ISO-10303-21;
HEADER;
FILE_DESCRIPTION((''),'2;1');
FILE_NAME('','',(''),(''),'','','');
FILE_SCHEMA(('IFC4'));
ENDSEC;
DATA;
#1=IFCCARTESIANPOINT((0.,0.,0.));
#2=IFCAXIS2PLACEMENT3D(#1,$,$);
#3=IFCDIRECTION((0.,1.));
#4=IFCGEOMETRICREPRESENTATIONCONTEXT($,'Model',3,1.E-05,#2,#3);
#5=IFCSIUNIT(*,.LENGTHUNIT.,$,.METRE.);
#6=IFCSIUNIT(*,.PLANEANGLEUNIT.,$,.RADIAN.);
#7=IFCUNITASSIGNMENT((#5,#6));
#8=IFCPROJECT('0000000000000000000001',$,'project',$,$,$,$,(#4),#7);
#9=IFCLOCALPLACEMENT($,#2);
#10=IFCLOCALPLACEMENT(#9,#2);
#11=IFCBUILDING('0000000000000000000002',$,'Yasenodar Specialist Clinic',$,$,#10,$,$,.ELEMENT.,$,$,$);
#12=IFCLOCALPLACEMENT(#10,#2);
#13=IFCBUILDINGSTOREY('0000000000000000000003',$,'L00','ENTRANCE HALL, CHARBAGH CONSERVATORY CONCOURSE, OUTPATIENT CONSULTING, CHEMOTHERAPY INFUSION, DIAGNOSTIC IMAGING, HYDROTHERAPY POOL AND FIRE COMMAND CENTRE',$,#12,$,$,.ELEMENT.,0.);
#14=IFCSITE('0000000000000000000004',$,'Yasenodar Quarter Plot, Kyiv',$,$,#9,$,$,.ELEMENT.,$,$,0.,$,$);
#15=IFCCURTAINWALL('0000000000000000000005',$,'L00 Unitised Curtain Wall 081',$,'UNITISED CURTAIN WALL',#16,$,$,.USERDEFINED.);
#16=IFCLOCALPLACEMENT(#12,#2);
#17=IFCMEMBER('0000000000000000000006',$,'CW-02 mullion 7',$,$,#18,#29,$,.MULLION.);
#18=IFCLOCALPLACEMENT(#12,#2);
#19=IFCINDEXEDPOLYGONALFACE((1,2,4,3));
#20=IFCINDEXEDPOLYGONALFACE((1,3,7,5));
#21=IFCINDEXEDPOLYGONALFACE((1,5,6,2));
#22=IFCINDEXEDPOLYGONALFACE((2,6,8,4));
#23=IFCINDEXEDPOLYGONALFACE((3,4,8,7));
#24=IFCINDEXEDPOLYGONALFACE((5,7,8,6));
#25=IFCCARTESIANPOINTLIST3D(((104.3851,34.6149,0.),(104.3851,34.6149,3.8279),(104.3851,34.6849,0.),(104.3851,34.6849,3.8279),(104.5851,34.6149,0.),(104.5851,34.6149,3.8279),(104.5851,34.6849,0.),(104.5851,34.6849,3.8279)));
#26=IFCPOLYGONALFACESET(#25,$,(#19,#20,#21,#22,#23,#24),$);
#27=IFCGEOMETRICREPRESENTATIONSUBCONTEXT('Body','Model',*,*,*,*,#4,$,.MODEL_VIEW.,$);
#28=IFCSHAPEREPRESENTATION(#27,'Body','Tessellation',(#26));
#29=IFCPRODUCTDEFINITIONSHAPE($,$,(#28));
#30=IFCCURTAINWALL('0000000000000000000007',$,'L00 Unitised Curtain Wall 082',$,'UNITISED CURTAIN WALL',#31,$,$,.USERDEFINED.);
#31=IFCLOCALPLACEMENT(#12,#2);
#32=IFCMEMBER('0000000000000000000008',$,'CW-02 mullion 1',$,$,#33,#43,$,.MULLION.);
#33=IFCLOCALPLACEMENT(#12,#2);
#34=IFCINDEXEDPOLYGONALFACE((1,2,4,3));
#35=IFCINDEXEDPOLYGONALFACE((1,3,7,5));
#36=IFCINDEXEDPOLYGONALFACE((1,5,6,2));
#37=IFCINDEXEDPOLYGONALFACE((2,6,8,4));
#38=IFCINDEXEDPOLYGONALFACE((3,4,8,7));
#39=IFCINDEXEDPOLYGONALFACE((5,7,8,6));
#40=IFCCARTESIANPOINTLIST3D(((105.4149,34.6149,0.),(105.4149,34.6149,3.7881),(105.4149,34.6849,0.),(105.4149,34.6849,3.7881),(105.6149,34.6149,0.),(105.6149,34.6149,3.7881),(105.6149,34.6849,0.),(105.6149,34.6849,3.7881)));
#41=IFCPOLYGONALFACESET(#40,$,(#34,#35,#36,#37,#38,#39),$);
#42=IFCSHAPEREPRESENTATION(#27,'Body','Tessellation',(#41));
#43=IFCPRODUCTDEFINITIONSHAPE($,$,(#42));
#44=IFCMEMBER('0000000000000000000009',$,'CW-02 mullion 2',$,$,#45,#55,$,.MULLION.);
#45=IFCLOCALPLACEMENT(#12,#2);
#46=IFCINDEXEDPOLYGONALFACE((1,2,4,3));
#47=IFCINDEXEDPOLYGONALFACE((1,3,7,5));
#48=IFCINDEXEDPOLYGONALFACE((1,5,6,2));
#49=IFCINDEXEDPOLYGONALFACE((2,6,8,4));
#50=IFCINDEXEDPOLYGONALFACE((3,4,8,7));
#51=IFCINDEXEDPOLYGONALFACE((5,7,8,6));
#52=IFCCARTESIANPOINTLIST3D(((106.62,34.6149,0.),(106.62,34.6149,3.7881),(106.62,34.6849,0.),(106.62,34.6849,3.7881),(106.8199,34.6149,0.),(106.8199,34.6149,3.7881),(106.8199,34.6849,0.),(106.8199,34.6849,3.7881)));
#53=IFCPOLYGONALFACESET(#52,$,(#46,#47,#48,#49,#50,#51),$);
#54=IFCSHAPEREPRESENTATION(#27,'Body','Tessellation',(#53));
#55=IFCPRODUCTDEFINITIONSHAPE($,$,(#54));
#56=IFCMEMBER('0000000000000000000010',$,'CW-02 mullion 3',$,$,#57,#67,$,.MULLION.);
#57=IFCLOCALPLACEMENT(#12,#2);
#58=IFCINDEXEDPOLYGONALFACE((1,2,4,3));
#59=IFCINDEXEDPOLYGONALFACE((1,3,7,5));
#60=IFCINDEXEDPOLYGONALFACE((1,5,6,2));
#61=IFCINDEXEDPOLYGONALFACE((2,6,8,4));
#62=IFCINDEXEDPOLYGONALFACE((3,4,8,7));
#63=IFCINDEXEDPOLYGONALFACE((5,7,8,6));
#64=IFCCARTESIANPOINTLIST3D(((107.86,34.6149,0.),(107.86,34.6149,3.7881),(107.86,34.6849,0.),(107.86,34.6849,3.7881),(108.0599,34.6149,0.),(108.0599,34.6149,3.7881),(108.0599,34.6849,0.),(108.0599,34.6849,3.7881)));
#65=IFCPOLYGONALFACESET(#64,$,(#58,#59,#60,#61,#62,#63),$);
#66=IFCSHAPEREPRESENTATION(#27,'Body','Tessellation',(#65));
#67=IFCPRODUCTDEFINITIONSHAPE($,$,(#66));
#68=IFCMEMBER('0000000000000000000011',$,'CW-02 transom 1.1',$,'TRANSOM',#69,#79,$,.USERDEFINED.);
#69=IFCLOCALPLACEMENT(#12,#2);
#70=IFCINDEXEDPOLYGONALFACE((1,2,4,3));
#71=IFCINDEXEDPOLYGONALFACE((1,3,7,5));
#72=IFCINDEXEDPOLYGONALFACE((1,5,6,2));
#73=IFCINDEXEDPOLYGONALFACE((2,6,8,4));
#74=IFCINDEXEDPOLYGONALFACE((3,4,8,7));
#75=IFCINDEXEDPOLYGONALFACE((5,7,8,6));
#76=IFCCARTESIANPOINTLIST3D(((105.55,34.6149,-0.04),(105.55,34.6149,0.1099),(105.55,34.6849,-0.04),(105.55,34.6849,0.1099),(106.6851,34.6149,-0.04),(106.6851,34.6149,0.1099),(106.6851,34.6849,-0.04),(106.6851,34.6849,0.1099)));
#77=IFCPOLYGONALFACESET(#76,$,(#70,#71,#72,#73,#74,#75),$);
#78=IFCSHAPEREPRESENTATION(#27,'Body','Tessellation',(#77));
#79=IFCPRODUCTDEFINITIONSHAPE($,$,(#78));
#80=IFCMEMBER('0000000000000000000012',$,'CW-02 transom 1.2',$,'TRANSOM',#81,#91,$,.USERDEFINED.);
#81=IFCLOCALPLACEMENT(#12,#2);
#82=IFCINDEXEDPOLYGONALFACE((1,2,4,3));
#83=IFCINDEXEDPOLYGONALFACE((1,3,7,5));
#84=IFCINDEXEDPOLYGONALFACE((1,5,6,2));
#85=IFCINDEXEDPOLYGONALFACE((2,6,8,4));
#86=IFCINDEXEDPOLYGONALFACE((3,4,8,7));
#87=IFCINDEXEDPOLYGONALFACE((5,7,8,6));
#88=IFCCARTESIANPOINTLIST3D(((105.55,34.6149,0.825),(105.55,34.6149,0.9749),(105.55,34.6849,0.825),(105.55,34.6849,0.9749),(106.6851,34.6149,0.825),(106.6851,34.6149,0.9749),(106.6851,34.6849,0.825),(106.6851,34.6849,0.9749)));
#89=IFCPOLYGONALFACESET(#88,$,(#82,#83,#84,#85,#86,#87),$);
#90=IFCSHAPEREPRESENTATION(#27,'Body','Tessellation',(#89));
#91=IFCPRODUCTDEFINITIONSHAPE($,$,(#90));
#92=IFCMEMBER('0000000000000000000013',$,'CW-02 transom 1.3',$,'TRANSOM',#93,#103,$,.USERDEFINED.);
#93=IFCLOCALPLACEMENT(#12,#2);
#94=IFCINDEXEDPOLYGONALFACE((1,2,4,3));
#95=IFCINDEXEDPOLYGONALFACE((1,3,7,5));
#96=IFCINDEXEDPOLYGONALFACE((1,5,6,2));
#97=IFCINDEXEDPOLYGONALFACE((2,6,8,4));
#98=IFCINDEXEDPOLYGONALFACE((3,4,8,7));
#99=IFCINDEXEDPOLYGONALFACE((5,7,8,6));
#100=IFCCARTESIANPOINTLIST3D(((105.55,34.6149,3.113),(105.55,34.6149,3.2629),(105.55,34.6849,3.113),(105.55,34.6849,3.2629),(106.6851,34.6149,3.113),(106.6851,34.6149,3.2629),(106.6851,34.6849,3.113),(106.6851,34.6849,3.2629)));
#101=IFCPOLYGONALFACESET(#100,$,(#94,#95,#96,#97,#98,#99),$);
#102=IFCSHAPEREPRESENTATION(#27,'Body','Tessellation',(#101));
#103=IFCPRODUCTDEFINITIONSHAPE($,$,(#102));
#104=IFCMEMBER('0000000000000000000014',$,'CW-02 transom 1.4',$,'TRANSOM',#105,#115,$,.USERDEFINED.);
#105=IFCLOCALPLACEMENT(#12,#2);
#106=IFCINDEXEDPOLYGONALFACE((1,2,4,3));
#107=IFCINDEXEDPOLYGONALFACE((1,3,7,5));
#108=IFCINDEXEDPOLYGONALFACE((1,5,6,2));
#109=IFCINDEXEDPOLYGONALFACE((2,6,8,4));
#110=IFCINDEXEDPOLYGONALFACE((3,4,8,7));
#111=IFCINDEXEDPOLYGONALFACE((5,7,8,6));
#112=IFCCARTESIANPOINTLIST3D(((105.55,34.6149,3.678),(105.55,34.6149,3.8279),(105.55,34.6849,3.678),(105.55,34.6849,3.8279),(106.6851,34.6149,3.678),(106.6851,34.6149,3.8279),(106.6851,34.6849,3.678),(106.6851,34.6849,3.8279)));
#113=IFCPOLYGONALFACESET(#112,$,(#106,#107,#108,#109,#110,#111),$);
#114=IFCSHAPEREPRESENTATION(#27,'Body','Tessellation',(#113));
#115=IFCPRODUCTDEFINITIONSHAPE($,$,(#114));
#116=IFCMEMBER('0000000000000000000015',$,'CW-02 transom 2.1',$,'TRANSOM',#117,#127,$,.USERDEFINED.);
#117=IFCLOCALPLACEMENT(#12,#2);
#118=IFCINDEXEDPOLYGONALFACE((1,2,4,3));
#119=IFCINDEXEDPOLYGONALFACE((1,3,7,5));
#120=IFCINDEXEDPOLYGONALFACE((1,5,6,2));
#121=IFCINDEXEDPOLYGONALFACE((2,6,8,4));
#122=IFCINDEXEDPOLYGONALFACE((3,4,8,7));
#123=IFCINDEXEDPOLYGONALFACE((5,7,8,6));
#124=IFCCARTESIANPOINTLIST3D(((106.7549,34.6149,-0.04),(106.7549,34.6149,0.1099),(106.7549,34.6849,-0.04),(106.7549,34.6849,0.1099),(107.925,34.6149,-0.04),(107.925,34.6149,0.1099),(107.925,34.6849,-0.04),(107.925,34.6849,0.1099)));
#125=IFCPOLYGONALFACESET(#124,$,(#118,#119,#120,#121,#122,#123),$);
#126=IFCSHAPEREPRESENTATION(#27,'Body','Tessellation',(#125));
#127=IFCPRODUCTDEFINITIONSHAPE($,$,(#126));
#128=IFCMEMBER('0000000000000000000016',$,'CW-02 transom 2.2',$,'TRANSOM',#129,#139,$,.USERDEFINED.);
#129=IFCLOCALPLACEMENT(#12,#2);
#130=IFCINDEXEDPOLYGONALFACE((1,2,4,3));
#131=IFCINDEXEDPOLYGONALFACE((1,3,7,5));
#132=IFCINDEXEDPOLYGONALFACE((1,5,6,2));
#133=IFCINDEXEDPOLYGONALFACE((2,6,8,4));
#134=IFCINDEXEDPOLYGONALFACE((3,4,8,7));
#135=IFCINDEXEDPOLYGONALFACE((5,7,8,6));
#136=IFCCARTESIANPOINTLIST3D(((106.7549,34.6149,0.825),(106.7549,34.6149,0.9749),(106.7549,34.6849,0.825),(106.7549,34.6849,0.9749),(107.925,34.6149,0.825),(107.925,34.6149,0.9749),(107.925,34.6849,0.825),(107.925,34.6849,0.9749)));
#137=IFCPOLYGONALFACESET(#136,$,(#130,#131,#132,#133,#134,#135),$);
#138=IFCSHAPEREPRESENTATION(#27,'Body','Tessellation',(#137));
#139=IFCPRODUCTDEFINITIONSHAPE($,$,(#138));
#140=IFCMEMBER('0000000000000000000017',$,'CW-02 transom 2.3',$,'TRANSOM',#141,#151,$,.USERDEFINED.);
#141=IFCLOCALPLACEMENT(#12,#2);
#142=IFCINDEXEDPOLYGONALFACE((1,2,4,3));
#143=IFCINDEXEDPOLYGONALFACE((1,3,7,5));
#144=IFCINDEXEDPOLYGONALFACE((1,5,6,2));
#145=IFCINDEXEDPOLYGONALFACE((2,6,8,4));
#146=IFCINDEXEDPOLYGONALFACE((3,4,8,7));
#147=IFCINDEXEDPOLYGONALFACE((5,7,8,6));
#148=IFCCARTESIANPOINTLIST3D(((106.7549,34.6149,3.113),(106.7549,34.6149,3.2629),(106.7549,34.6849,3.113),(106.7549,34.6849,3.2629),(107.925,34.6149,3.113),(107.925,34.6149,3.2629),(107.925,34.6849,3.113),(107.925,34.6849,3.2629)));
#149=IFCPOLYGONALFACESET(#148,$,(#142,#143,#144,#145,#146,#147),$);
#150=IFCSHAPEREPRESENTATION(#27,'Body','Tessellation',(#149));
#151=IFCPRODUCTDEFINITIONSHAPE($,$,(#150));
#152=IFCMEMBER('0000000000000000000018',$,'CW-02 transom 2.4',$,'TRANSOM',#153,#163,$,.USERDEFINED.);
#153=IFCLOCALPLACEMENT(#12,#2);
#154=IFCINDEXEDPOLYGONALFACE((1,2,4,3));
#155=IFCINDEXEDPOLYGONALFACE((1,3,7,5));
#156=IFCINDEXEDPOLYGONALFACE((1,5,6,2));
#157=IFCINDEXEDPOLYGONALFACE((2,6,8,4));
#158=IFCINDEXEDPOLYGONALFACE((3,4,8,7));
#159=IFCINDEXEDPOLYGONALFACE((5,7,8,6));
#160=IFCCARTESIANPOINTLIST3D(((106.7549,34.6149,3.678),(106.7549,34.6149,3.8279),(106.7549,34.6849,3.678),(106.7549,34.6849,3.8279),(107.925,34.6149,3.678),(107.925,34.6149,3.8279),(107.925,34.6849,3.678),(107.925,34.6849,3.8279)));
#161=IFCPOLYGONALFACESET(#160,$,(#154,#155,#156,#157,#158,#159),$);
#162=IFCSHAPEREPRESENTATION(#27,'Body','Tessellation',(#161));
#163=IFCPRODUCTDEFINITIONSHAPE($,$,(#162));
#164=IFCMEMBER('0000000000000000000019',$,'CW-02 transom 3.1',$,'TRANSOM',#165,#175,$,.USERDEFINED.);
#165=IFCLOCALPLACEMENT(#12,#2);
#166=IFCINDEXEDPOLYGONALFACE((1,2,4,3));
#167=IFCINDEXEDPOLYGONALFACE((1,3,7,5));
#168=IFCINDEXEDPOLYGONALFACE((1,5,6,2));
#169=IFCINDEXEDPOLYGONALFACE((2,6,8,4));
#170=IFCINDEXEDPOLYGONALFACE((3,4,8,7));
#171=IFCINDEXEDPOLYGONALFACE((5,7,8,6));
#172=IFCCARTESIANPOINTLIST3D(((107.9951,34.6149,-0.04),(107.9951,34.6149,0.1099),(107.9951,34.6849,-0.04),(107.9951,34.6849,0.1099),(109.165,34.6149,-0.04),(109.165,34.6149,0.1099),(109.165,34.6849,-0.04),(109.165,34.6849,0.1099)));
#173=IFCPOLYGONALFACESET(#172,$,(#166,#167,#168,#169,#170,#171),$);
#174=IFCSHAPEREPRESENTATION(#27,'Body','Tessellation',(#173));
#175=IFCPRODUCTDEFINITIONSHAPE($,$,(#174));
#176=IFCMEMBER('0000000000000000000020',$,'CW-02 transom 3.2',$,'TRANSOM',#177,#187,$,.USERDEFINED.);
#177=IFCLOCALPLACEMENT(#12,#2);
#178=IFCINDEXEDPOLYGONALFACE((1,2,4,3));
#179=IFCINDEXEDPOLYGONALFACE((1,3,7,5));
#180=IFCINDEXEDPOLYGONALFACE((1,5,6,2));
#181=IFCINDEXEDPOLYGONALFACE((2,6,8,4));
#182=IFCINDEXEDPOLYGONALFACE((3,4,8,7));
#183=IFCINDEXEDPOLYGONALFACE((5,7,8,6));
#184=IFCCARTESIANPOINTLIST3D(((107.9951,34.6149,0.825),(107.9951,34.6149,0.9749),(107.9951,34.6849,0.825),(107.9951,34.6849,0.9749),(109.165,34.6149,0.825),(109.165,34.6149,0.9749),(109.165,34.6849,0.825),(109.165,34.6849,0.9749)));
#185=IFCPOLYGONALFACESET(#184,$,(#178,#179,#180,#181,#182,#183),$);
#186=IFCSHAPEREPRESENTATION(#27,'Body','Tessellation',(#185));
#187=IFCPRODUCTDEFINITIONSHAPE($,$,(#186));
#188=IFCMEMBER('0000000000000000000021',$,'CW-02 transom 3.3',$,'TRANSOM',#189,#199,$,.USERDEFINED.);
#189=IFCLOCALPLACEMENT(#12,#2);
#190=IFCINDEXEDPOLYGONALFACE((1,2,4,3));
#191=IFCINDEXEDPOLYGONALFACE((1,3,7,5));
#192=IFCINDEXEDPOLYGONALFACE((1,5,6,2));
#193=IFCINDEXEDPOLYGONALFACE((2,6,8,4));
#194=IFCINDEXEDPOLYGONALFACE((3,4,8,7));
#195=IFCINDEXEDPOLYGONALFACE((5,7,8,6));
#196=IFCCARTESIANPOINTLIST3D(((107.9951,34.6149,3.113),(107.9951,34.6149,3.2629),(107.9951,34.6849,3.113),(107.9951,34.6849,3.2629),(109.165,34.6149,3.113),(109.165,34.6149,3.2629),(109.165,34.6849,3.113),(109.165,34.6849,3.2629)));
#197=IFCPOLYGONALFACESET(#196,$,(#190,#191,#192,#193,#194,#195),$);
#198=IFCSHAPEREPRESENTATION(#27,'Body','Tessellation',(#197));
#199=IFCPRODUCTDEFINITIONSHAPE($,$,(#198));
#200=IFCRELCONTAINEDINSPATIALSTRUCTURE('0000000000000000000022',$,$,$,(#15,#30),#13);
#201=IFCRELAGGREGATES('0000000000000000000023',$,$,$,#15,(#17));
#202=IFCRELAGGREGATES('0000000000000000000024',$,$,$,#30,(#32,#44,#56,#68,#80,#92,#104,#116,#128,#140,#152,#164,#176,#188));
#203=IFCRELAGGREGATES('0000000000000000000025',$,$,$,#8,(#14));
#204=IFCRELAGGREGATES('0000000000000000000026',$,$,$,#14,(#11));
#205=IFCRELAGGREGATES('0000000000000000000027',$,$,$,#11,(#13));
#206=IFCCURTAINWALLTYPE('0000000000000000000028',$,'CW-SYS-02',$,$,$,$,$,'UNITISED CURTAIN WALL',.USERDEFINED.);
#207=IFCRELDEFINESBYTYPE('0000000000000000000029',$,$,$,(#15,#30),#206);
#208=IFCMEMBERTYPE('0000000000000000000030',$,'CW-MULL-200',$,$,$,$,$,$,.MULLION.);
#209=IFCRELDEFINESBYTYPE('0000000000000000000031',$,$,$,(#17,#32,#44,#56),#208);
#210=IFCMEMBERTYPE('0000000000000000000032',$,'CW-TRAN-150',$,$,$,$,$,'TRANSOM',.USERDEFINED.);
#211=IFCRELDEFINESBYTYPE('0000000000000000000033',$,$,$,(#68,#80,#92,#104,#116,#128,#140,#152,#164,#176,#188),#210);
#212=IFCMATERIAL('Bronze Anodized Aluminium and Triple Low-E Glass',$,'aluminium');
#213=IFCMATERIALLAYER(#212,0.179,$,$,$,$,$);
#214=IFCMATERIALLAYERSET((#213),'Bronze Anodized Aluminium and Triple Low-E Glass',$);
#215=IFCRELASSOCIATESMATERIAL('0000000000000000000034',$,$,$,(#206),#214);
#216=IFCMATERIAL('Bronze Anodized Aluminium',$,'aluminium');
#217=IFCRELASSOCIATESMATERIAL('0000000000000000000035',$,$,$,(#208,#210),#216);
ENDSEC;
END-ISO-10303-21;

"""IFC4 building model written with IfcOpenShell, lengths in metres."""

from ifc_helpers import new_model, si_unit, direction, frame, origin, origin_2d, place, context, subcontext, project, spatial, rectangle, extrude, material, layer, layer_set, material_profile, profile_set, type_object, element, aggregate, save


model = new_model("IFC4")

# Units and contexts
model_context = context("Model", 3, precision=1e-05, world=origin(), true_north=direction((0.0, 1.0)))
body_context = subcontext(model_context, "Body", "Model", "MODEL_VIEW")
ifc_project = project(units=[si_unit("LENGTHUNIT", "METRE"), si_unit("PLANEANGLEUNIT", "RADIAN")], contexts=[model_context])

# Site, building, storey
site_placement = place(None, origin())
site = spatial("IfcSite", under=ifc_project, at=site_placement, Name="Yasenodar Quarter Plot, Kyiv", CompositionType="ELEMENT", RefElevation=0.0)
building_placement = place(site_placement, origin())
building = spatial("IfcBuilding", under=site, at=building_placement, Name="Yasenodar Specialist Clinic", CompositionType="ELEMENT")
storey_placement = place(building_placement, origin())
storey = spatial("IfcBuildingStorey", under=building, at=storey_placement, Name="L00", Description="ENTRANCE HALL, CHARBAGH CONSERVATORY CONCOURSE, OUTPATIENT CONSULTING, CHEMOTHERAPY INFUSION, DIAGNOSTIC IMAGING, HYDROTHERAPY POOL AND FIRE COMMAND CENTRE", CompositionType="ELEMENT", Elevation=0.0)

# Curtain wall, member
ifc_material_1 = material(Name="Bronze Anodized Aluminium and Triple Low-E Glass", Category="aluminium")
ifc_layer_1 = layer(ifc_material_1, 0.179)
ifc_layer_set_1 = layer_set([ifc_layer_1], Name="Bronze Anodized Aluminium and Triple Low-E Glass")
curtain_wall_type = type_object("IfcCurtainWallType", Name="CW-SYS-02", ElementType="UNITISED CURTAIN WALL", PredefinedType="USERDEFINED", material=ifc_layer_set_1)
curtain_wall_1_placement = place(storey_placement, origin())
curtain_wall_1 = element("IfcCurtainWall", 1, at=curtain_wall_1_placement, inside=storey, type_object=curtain_wall_type, Name="L00 Unitised Curtain Wall 081", ObjectType="UNITISED CURTAIN WALL", PredefinedType="USERDEFINED")
ifc_material_2 = material(Name="Bronze Anodized Aluminium", Category="aluminium")
ifc_material_profile_1 = material_profile(ifc_material_2, rectangle(XDim=0.0701, YDim=0.2, at=origin_2d()), Name="CW-MULL 70x200")
ifc_profile_set_1 = profile_set([ifc_material_profile_1], Name="Bronze Anodized Aluminium")
member_type_1 = type_object("IfcMemberType", Name="CW-MULL-200", PredefinedType="MULLION", material=ifc_profile_set_1)
member_1_placement = place(storey_placement, frame((104.4851, 34.6499, 0.0), z_axis=(0.0, 0.0, 1.0), x_axis=(0.0, 1.0, 0.0)))
member_1 = element("IfcMember", 2, at=member_1_placement, type_object=member_type_1, Name="CW-02 mullion 7", PredefinedType="MULLION", context=body_context, shape_type="SweptSolid", body=[
    extrude(rectangle(XDim=0.0701, YDim=0.2, at=origin_2d()), origin(), (0.0, 0.0, 1.0), 3.8279),
])
aggregate(curtain_wall_1, [member_1])

# Curtain wall, members
curtain_wall_2_placement = place(storey_placement, origin())
curtain_wall_2 = element("IfcCurtainWall", 3, at=curtain_wall_2_placement, inside=storey, type_object=curtain_wall_type, Name="L00 Unitised Curtain Wall 082", ObjectType="UNITISED CURTAIN WALL", PredefinedType="USERDEFINED")
member_2_placement = place(storey_placement, frame((105.5149, 34.6499, 0.0), z_axis=(0.0, 0.0, 1.0), x_axis=(0.0, 1.0, 0.0)))
member_2 = element("IfcMember", 4, at=member_2_placement, type_object=member_type_1, Name="CW-02 mullion 1", PredefinedType="MULLION", context=body_context, shape_type="SweptSolid", body=[
    extrude(rectangle(XDim=0.0701, YDim=0.2, at=origin_2d()), origin(), (0.0, 0.0, 1.0), 3.7881),
])
member_3_placement = place(storey_placement, frame((106.72, 34.6499, 0.0), z_axis=(0.0, 0.0, 1.0), x_axis=(0.0, 1.0, 0.0)))
member_3 = element("IfcMember", 5, at=member_3_placement, type_object=member_type_1, Name="CW-02 mullion 2", PredefinedType="MULLION", context=body_context, shape_type="SweptSolid", body=[
    extrude(rectangle(XDim=0.0701, YDim=0.2, at=origin_2d()), origin(), (0.0, 0.0, 1.0), 3.7881),
])
member_4_placement = place(storey_placement, frame((107.96, 34.6499, 0.0), z_axis=(0.0, 0.0, 1.0), x_axis=(0.0, 1.0, 0.0)))
member_4 = element("IfcMember", 6, at=member_4_placement, type_object=member_type_1, Name="CW-02 mullion 3", PredefinedType="MULLION", context=body_context, shape_type="SweptSolid", body=[
    extrude(rectangle(XDim=0.0701, YDim=0.2, at=origin_2d()), origin(), (0.0, 0.0, 1.0), 3.7881),
])
ifc_material_profile_2 = material_profile(ifc_material_2, rectangle(XDim=0.0701, YDim=0.1499, at=origin_2d()), Name="CW-TRAN 70x150")
ifc_profile_set_2 = profile_set([ifc_material_profile_2], Name="Bronze Anodized Aluminium")
member_type_2 = type_object("IfcMemberType", Name="CW-TRAN-150", ElementType="TRANSOM", PredefinedType="USERDEFINED", material=ifc_profile_set_2)
member_5_placement = place(storey_placement, frame((105.55, 34.6499, 0.0349), z_axis=(1.0, 0.0, 0.0), x_axis=(0.0, 1.0, 0.0)))
member_5 = element("IfcMember", 7, at=member_5_placement, type_object=member_type_2, Name="CW-02 transom 1.1", ObjectType="TRANSOM", PredefinedType="USERDEFINED", context=body_context, shape_type="SweptSolid", body=[
    extrude(rectangle(XDim=0.0701, YDim=0.1499, at=origin_2d()), origin(), (0.0, 0.0, 1.0), 1.135),
])
member_6_placement = place(storey_placement, frame((105.55, 34.6499, 0.8999), z_axis=(1.0, 0.0, 0.0), x_axis=(0.0, 1.0, 0.0)))
member_6 = element("IfcMember", 8, at=member_6_placement, type_object=member_type_2, Name="CW-02 transom 1.2", ObjectType="TRANSOM", PredefinedType="USERDEFINED", context=body_context, shape_type="SweptSolid", body=[
    extrude(rectangle(XDim=0.0701, YDim=0.1499, at=origin_2d()), origin(), (0.0, 0.0, 1.0), 1.135),
])
member_7_placement = place(storey_placement, frame((105.55, 34.6499, 3.188), z_axis=(1.0, 0.0, 0.0), x_axis=(0.0, 1.0, 0.0)))
member_7 = element("IfcMember", 9, at=member_7_placement, type_object=member_type_2, Name="CW-02 transom 1.3", ObjectType="TRANSOM", PredefinedType="USERDEFINED", context=body_context, shape_type="SweptSolid", body=[
    extrude(rectangle(XDim=0.0701, YDim=0.1499, at=origin_2d()), origin(), (0.0, 0.0, 1.0), 1.135),
])
member_8_placement = place(storey_placement, frame((105.55, 34.6499, 3.7529), z_axis=(1.0, 0.0, 0.0), x_axis=(0.0, 1.0, 0.0)))
member_8 = element("IfcMember", 10, at=member_8_placement, type_object=member_type_2, Name="CW-02 transom 1.4", ObjectType="TRANSOM", PredefinedType="USERDEFINED", context=body_context, shape_type="SweptSolid", body=[
    extrude(rectangle(XDim=0.0701, YDim=0.1499, at=origin_2d()), origin(), (0.0, 0.0, 1.0), 1.135),
])
member_9_placement = place(storey_placement, frame((106.7549, 34.6499, 0.0349), z_axis=(1.0, 0.0, 0.0), x_axis=(0.0, 1.0, 0.0)))
member_9 = element("IfcMember", 11, at=member_9_placement, type_object=member_type_2, Name="CW-02 transom 2.1", ObjectType="TRANSOM", PredefinedType="USERDEFINED", context=body_context, shape_type="SweptSolid", body=[
    extrude(rectangle(XDim=0.0701, YDim=0.1499, at=origin_2d()), origin(), (0.0, 0.0, 1.0), 1.1702),
])
member_10_placement = place(storey_placement, frame((106.7549, 34.6499, 0.8999), z_axis=(1.0, 0.0, 0.0), x_axis=(0.0, 1.0, 0.0)))
member_10 = element("IfcMember", 12, at=member_10_placement, type_object=member_type_2, Name="CW-02 transom 2.2", ObjectType="TRANSOM", PredefinedType="USERDEFINED", context=body_context, shape_type="SweptSolid", body=[
    extrude(rectangle(XDim=0.0701, YDim=0.1499, at=origin_2d()), origin(), (0.0, 0.0, 1.0), 1.1702),
])
member_11_placement = place(storey_placement, frame((106.7549, 34.6499, 3.188), z_axis=(1.0, 0.0, 0.0), x_axis=(0.0, 1.0, 0.0)))
member_11 = element("IfcMember", 13, at=member_11_placement, type_object=member_type_2, Name="CW-02 transom 2.3", ObjectType="TRANSOM", PredefinedType="USERDEFINED", context=body_context, shape_type="SweptSolid", body=[
    extrude(rectangle(XDim=0.0701, YDim=0.1499, at=origin_2d()), origin(), (0.0, 0.0, 1.0), 1.1702),
])
member_12_placement = place(storey_placement, frame((106.7549, 34.6499, 3.7529), z_axis=(1.0, 0.0, 0.0), x_axis=(0.0, 1.0, 0.0)))
member_12 = element("IfcMember", 14, at=member_12_placement, type_object=member_type_2, Name="CW-02 transom 2.4", ObjectType="TRANSOM", PredefinedType="USERDEFINED", context=body_context, shape_type="SweptSolid", body=[
    extrude(rectangle(XDim=0.0701, YDim=0.1499, at=origin_2d()), origin(), (0.0, 0.0, 1.0), 1.1702),
])
member_13_placement = place(storey_placement, frame((107.9951, 34.6499, 0.0349), z_axis=(1.0, 0.0, 0.0), x_axis=(0.0, 1.0, 0.0)))
member_13 = element("IfcMember", 15, at=member_13_placement, type_object=member_type_2, Name="CW-02 transom 3.1", ObjectType="TRANSOM", PredefinedType="USERDEFINED", context=body_context, shape_type="SweptSolid", body=[
    extrude(rectangle(XDim=0.0701, YDim=0.1499, at=origin_2d()), origin(), (0.0, 0.0, 1.0), 1.1699),
])
member_14_placement = place(storey_placement, frame((107.9951, 34.6499, 0.8999), z_axis=(1.0, 0.0, 0.0), x_axis=(0.0, 1.0, 0.0)))
member_14 = element("IfcMember", 16, at=member_14_placement, type_object=member_type_2, Name="CW-02 transom 3.2", ObjectType="TRANSOM", PredefinedType="USERDEFINED", context=body_context, shape_type="SweptSolid", body=[
    extrude(rectangle(XDim=0.0701, YDim=0.1499, at=origin_2d()), origin(), (0.0, 0.0, 1.0), 1.1699),
])
member_15_placement = place(storey_placement, frame((107.9951, 34.6499, 3.188), z_axis=(1.0, 0.0, 0.0), x_axis=(0.0, 1.0, 0.0)))
member_15 = element("IfcMember", 17, at=member_15_placement, type_object=member_type_2, Name="CW-02 transom 3.3", ObjectType="TRANSOM", PredefinedType="USERDEFINED", context=body_context, shape_type="SweptSolid", body=[
    extrude(rectangle(XDim=0.0701, YDim=0.1499, at=origin_2d()), origin(), (0.0, 0.0, 1.0), 1.1699),
])
aggregate(curtain_wall_2, [member_2, member_3, member_4, member_5, member_6, member_7, member_8, member_9, member_10, member_11, member_12, member_13, member_14, member_15])

save(model, "model.ifc")
